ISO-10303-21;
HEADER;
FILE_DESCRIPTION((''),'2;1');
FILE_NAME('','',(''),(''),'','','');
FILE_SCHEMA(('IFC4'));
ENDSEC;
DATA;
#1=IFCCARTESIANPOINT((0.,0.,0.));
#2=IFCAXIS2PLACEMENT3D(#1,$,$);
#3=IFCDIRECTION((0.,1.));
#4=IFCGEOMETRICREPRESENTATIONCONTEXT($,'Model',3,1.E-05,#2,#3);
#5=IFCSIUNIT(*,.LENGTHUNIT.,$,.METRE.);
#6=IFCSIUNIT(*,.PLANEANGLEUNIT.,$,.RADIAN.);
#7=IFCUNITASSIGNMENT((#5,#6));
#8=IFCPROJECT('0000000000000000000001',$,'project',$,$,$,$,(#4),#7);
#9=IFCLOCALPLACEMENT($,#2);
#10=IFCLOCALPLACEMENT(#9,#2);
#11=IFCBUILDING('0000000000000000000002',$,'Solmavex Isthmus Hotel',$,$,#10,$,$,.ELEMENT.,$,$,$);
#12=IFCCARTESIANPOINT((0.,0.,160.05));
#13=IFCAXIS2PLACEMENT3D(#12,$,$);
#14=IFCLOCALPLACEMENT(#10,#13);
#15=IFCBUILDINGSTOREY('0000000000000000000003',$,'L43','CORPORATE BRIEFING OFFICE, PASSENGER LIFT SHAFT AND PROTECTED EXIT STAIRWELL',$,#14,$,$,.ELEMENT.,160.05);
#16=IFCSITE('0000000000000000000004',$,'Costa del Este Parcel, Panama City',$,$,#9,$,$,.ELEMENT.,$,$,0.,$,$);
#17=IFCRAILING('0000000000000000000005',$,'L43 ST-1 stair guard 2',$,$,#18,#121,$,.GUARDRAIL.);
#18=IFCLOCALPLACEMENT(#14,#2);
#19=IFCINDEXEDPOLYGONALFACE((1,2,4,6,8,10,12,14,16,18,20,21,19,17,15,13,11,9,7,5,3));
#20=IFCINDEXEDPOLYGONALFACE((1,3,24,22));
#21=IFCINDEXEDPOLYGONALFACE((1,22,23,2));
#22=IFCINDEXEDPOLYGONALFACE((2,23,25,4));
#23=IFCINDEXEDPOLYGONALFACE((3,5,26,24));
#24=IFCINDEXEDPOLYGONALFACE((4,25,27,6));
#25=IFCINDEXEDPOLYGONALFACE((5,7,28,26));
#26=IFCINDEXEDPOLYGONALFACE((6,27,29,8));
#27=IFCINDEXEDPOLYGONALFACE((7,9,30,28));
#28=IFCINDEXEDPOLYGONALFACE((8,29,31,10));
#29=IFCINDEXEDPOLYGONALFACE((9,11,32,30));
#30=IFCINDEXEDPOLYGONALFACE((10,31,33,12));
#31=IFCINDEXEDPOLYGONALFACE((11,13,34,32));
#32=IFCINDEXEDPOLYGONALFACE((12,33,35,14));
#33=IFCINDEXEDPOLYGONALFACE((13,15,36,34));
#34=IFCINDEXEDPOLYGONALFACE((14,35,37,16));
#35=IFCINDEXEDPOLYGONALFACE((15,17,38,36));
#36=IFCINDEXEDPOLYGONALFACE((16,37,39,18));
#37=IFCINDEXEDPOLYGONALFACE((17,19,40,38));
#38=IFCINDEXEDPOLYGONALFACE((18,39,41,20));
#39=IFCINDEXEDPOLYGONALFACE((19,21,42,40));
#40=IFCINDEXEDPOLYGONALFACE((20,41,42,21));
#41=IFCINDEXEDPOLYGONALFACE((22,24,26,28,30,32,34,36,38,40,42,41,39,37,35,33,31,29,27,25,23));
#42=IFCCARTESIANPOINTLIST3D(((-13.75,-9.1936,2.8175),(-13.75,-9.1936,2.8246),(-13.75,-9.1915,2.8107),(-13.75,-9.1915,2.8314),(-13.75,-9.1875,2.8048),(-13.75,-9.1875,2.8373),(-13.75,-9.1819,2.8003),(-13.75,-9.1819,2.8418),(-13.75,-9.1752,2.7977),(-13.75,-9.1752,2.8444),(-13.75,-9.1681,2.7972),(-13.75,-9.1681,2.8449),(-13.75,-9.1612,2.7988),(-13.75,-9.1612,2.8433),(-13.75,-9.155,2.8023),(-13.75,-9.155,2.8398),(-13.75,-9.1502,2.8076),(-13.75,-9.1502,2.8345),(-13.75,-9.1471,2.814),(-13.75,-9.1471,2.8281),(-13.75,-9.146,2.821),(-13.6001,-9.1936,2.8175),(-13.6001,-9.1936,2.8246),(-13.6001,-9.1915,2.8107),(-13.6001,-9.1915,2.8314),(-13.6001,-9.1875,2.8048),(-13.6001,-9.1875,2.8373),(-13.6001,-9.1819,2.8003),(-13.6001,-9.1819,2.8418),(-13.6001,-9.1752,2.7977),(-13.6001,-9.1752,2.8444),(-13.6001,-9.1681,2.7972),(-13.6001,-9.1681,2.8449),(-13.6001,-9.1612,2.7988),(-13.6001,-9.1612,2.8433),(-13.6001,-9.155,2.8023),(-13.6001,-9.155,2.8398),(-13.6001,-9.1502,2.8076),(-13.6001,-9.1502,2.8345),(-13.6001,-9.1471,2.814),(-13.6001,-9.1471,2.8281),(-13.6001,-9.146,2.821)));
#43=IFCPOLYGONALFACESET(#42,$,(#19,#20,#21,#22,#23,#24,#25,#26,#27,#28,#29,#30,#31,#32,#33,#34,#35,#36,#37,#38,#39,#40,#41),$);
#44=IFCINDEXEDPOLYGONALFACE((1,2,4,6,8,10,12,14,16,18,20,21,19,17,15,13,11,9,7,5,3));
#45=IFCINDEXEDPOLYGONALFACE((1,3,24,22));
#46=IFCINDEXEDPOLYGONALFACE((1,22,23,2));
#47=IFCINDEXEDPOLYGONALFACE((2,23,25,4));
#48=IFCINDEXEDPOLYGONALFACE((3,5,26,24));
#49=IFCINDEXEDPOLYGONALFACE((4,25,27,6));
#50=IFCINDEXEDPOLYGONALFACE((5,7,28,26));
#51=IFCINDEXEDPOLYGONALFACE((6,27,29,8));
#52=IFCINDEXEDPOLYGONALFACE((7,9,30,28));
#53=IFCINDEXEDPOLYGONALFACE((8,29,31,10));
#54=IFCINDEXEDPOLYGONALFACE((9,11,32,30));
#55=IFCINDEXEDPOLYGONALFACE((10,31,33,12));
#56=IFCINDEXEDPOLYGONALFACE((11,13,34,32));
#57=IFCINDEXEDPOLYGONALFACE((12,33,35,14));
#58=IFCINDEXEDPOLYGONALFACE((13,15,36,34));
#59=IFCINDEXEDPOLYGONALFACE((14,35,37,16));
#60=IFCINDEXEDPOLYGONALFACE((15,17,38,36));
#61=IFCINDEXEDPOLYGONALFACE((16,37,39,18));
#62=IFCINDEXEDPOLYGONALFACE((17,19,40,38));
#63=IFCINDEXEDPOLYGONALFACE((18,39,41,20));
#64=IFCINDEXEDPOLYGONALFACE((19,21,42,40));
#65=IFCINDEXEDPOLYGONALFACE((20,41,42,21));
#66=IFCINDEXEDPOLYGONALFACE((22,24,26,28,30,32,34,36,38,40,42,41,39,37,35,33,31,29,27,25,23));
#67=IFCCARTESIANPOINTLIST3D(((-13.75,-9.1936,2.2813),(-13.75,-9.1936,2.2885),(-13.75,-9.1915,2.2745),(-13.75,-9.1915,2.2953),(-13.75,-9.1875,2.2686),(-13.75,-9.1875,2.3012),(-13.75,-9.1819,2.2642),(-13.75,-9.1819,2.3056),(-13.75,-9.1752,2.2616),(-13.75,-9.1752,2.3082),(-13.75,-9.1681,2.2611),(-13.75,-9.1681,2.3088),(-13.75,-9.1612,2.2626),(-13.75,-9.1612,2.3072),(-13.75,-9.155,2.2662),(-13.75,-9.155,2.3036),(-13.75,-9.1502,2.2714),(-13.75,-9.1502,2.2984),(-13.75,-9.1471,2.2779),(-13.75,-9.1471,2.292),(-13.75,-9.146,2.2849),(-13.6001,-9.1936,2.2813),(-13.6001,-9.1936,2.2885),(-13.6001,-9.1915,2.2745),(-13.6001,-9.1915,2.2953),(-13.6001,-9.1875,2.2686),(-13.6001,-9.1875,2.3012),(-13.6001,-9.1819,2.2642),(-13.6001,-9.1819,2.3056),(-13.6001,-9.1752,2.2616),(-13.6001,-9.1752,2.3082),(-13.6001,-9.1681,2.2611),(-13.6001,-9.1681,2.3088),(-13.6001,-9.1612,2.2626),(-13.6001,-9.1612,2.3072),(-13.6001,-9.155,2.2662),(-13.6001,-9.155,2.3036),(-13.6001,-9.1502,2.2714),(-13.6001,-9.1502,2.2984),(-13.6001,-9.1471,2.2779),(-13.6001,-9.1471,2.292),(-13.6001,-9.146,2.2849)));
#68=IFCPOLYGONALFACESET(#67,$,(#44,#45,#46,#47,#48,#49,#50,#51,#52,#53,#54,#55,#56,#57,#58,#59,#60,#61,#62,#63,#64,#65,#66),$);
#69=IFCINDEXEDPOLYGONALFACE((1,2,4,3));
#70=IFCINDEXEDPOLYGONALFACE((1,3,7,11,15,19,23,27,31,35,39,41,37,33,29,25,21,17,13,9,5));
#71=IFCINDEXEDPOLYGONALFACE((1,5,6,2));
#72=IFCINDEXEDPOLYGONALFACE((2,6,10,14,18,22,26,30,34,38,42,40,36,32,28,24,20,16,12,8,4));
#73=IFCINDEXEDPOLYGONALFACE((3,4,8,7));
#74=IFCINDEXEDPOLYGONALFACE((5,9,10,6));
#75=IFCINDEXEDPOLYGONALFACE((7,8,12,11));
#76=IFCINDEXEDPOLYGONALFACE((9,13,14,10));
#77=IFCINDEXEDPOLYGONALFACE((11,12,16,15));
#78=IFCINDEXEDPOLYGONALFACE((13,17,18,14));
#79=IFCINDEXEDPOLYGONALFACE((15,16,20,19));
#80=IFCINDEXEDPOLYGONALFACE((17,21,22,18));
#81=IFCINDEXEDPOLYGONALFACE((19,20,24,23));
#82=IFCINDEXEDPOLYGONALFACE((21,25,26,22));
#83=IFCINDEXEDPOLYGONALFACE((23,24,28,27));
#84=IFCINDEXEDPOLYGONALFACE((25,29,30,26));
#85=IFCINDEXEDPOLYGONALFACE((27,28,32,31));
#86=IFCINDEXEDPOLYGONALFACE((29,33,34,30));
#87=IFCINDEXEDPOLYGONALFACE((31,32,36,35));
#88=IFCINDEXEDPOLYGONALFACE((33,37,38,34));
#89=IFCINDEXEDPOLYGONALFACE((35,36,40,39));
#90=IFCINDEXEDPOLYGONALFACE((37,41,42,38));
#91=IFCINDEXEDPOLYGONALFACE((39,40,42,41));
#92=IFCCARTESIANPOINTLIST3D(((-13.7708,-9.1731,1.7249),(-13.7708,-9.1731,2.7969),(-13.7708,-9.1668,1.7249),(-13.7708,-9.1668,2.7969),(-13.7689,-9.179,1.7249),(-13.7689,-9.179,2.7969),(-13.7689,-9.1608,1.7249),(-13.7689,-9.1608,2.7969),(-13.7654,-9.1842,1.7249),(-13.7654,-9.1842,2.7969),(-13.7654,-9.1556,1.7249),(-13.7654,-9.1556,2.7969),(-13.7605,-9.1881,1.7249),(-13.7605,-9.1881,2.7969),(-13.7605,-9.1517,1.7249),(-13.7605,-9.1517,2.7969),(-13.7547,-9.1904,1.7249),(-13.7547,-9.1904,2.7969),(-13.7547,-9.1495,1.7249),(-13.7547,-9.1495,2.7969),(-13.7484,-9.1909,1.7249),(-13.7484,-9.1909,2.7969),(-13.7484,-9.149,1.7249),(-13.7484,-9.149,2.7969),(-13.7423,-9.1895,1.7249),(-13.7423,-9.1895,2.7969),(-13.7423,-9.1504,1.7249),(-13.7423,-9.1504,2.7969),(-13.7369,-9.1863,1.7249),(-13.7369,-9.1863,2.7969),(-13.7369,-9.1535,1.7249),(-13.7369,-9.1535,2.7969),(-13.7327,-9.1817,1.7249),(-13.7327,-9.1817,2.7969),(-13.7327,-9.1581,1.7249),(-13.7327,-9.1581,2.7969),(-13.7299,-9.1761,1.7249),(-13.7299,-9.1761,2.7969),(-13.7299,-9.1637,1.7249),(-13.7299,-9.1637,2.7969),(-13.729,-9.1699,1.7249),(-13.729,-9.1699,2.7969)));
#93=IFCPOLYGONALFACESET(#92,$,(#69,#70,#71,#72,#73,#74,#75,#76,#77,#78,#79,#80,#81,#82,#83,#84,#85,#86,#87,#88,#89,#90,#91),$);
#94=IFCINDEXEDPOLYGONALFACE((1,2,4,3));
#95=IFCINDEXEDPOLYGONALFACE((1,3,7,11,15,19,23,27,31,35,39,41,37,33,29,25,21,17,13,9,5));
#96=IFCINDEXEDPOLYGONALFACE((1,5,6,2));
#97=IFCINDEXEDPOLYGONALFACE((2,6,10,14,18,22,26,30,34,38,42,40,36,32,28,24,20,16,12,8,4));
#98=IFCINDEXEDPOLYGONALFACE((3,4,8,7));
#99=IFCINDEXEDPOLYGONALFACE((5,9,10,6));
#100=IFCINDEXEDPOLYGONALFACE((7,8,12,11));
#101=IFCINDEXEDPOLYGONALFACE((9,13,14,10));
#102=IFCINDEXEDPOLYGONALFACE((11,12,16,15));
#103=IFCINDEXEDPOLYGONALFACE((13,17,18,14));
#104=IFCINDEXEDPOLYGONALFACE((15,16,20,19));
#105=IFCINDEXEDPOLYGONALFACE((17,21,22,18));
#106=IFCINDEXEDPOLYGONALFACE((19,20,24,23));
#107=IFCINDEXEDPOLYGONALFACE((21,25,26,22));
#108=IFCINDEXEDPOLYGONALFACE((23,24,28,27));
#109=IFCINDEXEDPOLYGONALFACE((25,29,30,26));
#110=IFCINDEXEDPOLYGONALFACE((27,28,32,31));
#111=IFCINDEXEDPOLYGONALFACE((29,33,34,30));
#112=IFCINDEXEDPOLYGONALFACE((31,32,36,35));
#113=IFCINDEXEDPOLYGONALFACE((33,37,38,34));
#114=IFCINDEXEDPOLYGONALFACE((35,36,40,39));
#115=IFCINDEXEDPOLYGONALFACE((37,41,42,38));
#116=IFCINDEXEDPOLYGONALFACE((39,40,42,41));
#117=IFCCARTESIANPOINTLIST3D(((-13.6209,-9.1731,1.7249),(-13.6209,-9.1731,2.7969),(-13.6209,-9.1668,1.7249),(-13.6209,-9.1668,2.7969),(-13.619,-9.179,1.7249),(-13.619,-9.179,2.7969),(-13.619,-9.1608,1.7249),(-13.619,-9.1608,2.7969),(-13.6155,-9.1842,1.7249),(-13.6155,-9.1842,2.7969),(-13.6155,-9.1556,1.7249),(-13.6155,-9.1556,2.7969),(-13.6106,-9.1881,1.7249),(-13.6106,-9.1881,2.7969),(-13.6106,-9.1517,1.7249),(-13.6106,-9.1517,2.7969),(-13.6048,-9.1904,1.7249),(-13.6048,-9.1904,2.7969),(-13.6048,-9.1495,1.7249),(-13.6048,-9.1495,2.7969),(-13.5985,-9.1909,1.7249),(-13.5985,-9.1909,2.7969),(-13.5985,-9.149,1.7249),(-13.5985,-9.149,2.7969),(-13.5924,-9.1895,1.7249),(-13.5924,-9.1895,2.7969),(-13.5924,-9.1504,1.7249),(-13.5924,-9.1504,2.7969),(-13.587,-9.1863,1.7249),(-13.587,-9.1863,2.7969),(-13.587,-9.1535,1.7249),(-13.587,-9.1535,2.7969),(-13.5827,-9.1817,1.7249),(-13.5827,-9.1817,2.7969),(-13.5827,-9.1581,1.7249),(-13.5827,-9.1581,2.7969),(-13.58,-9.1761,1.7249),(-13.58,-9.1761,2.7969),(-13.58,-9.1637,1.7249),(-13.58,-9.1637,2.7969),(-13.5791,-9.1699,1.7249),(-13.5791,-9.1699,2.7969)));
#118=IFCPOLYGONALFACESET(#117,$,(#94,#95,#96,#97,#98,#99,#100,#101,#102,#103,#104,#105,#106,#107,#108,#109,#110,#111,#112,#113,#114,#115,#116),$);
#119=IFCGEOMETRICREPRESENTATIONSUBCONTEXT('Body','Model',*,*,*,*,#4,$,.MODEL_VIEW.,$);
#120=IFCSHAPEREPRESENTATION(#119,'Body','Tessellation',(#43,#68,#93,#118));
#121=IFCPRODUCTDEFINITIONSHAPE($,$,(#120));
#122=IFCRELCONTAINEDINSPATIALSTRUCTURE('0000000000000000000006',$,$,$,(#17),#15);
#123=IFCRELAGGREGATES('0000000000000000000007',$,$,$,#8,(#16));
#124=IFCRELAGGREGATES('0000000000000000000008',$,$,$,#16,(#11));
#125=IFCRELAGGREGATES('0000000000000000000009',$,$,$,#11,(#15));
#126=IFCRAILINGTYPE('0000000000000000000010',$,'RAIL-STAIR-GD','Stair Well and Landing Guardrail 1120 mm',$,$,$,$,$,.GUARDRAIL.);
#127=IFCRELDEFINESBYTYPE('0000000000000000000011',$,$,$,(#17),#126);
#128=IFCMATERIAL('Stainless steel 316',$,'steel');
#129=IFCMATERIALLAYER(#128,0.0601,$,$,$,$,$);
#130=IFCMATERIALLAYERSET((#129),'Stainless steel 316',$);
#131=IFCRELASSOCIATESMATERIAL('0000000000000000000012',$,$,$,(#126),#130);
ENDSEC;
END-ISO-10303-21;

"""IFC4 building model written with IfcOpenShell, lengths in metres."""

from ifc_helpers import new_model, si_unit, direction, frame, origin, origin_2d, place, context, subcontext, project, spatial, circle, extrude, material, layer, layer_set, type_object, element, save


model = new_model("IFC4")

# Units and contexts
model_context = context("Model", 3, precision=1e-05, world=origin(), true_north=direction((0.0, 1.0)))
body_context = subcontext(model_context, "Body", "Model", "MODEL_VIEW")
ifc_project = project(units=[si_unit("LENGTHUNIT", "METRE"), si_unit("PLANEANGLEUNIT", "RADIAN")], contexts=[model_context])

# Site, building, storey
site_placement = place(None, origin())
site = spatial("IfcSite", under=ifc_project, at=site_placement, Name="Costa del Este Parcel, Panama City", CompositionType="ELEMENT", RefElevation=0.0)
building_placement = place(site_placement, origin())
building = spatial("IfcBuilding", under=site, at=building_placement, Name="Solmavex Isthmus Hotel", CompositionType="ELEMENT")
storey_placement = place(building_placement, frame((0.0, 0.0, 160.05)))
storey = spatial("IfcBuildingStorey", under=building, at=storey_placement, Name="L43", Description="CORPORATE BRIEFING OFFICE, PASSENGER LIFT SHAFT AND PROTECTED EXIT STAIRWELL", CompositionType="ELEMENT", Elevation=160.05)

# Railing
ifc_material_1 = material(Name="Stainless steel 316", Category="steel")
ifc_layer_1 = layer(ifc_material_1, 0.0601)
ifc_layer_set_1 = layer_set([ifc_layer_1], Name="Stainless steel 316")
railing_type_1 = type_object("IfcRailingType", Name="RAIL-STAIR-GD", Description="Stair Well and Landing Guardrail 1120 mm", PredefinedType="GUARDRAIL", material=ifc_layer_set_1)
railing_1_placement = place(storey_placement, frame((-13.75, -9.1699, 1.7249)))
element("IfcRailing", 1, at=railing_1_placement, inside=storey, type_object=railing_type_1, Name="L43 ST-1 stair guard 2", PredefinedType="GUARDRAIL", context=body_context, shape_type="SweptSolid", body=[
    extrude(circle(Radius=0.0239, at=origin_2d()), frame((0.0, 0.0, 1.0962), z_axis=(1.0, 0.0, 0.0), x_axis=(0.0, 1.0, 0.0)), (0.0, 0.0, 1.0), 0.1499),
    extrude(circle(Radius=0.0239, at=origin_2d()), frame((0.0, 0.0, 0.5601), z_axis=(1.0, 0.0, 0.0), x_axis=(0.0, 1.0, 0.0)), (0.0, 0.0, 1.0), 0.1499),
    extrude(circle(Radius=0.021, at=origin_2d()), origin(), (0.0, 0.0, 1.0), 1.072),
    extrude(circle(Radius=0.021, at=origin_2d()), frame((0.1499, 0.0, 0.0)), (0.0, 0.0, 1.0), 1.072),
])

save(model, "model.ifc")
